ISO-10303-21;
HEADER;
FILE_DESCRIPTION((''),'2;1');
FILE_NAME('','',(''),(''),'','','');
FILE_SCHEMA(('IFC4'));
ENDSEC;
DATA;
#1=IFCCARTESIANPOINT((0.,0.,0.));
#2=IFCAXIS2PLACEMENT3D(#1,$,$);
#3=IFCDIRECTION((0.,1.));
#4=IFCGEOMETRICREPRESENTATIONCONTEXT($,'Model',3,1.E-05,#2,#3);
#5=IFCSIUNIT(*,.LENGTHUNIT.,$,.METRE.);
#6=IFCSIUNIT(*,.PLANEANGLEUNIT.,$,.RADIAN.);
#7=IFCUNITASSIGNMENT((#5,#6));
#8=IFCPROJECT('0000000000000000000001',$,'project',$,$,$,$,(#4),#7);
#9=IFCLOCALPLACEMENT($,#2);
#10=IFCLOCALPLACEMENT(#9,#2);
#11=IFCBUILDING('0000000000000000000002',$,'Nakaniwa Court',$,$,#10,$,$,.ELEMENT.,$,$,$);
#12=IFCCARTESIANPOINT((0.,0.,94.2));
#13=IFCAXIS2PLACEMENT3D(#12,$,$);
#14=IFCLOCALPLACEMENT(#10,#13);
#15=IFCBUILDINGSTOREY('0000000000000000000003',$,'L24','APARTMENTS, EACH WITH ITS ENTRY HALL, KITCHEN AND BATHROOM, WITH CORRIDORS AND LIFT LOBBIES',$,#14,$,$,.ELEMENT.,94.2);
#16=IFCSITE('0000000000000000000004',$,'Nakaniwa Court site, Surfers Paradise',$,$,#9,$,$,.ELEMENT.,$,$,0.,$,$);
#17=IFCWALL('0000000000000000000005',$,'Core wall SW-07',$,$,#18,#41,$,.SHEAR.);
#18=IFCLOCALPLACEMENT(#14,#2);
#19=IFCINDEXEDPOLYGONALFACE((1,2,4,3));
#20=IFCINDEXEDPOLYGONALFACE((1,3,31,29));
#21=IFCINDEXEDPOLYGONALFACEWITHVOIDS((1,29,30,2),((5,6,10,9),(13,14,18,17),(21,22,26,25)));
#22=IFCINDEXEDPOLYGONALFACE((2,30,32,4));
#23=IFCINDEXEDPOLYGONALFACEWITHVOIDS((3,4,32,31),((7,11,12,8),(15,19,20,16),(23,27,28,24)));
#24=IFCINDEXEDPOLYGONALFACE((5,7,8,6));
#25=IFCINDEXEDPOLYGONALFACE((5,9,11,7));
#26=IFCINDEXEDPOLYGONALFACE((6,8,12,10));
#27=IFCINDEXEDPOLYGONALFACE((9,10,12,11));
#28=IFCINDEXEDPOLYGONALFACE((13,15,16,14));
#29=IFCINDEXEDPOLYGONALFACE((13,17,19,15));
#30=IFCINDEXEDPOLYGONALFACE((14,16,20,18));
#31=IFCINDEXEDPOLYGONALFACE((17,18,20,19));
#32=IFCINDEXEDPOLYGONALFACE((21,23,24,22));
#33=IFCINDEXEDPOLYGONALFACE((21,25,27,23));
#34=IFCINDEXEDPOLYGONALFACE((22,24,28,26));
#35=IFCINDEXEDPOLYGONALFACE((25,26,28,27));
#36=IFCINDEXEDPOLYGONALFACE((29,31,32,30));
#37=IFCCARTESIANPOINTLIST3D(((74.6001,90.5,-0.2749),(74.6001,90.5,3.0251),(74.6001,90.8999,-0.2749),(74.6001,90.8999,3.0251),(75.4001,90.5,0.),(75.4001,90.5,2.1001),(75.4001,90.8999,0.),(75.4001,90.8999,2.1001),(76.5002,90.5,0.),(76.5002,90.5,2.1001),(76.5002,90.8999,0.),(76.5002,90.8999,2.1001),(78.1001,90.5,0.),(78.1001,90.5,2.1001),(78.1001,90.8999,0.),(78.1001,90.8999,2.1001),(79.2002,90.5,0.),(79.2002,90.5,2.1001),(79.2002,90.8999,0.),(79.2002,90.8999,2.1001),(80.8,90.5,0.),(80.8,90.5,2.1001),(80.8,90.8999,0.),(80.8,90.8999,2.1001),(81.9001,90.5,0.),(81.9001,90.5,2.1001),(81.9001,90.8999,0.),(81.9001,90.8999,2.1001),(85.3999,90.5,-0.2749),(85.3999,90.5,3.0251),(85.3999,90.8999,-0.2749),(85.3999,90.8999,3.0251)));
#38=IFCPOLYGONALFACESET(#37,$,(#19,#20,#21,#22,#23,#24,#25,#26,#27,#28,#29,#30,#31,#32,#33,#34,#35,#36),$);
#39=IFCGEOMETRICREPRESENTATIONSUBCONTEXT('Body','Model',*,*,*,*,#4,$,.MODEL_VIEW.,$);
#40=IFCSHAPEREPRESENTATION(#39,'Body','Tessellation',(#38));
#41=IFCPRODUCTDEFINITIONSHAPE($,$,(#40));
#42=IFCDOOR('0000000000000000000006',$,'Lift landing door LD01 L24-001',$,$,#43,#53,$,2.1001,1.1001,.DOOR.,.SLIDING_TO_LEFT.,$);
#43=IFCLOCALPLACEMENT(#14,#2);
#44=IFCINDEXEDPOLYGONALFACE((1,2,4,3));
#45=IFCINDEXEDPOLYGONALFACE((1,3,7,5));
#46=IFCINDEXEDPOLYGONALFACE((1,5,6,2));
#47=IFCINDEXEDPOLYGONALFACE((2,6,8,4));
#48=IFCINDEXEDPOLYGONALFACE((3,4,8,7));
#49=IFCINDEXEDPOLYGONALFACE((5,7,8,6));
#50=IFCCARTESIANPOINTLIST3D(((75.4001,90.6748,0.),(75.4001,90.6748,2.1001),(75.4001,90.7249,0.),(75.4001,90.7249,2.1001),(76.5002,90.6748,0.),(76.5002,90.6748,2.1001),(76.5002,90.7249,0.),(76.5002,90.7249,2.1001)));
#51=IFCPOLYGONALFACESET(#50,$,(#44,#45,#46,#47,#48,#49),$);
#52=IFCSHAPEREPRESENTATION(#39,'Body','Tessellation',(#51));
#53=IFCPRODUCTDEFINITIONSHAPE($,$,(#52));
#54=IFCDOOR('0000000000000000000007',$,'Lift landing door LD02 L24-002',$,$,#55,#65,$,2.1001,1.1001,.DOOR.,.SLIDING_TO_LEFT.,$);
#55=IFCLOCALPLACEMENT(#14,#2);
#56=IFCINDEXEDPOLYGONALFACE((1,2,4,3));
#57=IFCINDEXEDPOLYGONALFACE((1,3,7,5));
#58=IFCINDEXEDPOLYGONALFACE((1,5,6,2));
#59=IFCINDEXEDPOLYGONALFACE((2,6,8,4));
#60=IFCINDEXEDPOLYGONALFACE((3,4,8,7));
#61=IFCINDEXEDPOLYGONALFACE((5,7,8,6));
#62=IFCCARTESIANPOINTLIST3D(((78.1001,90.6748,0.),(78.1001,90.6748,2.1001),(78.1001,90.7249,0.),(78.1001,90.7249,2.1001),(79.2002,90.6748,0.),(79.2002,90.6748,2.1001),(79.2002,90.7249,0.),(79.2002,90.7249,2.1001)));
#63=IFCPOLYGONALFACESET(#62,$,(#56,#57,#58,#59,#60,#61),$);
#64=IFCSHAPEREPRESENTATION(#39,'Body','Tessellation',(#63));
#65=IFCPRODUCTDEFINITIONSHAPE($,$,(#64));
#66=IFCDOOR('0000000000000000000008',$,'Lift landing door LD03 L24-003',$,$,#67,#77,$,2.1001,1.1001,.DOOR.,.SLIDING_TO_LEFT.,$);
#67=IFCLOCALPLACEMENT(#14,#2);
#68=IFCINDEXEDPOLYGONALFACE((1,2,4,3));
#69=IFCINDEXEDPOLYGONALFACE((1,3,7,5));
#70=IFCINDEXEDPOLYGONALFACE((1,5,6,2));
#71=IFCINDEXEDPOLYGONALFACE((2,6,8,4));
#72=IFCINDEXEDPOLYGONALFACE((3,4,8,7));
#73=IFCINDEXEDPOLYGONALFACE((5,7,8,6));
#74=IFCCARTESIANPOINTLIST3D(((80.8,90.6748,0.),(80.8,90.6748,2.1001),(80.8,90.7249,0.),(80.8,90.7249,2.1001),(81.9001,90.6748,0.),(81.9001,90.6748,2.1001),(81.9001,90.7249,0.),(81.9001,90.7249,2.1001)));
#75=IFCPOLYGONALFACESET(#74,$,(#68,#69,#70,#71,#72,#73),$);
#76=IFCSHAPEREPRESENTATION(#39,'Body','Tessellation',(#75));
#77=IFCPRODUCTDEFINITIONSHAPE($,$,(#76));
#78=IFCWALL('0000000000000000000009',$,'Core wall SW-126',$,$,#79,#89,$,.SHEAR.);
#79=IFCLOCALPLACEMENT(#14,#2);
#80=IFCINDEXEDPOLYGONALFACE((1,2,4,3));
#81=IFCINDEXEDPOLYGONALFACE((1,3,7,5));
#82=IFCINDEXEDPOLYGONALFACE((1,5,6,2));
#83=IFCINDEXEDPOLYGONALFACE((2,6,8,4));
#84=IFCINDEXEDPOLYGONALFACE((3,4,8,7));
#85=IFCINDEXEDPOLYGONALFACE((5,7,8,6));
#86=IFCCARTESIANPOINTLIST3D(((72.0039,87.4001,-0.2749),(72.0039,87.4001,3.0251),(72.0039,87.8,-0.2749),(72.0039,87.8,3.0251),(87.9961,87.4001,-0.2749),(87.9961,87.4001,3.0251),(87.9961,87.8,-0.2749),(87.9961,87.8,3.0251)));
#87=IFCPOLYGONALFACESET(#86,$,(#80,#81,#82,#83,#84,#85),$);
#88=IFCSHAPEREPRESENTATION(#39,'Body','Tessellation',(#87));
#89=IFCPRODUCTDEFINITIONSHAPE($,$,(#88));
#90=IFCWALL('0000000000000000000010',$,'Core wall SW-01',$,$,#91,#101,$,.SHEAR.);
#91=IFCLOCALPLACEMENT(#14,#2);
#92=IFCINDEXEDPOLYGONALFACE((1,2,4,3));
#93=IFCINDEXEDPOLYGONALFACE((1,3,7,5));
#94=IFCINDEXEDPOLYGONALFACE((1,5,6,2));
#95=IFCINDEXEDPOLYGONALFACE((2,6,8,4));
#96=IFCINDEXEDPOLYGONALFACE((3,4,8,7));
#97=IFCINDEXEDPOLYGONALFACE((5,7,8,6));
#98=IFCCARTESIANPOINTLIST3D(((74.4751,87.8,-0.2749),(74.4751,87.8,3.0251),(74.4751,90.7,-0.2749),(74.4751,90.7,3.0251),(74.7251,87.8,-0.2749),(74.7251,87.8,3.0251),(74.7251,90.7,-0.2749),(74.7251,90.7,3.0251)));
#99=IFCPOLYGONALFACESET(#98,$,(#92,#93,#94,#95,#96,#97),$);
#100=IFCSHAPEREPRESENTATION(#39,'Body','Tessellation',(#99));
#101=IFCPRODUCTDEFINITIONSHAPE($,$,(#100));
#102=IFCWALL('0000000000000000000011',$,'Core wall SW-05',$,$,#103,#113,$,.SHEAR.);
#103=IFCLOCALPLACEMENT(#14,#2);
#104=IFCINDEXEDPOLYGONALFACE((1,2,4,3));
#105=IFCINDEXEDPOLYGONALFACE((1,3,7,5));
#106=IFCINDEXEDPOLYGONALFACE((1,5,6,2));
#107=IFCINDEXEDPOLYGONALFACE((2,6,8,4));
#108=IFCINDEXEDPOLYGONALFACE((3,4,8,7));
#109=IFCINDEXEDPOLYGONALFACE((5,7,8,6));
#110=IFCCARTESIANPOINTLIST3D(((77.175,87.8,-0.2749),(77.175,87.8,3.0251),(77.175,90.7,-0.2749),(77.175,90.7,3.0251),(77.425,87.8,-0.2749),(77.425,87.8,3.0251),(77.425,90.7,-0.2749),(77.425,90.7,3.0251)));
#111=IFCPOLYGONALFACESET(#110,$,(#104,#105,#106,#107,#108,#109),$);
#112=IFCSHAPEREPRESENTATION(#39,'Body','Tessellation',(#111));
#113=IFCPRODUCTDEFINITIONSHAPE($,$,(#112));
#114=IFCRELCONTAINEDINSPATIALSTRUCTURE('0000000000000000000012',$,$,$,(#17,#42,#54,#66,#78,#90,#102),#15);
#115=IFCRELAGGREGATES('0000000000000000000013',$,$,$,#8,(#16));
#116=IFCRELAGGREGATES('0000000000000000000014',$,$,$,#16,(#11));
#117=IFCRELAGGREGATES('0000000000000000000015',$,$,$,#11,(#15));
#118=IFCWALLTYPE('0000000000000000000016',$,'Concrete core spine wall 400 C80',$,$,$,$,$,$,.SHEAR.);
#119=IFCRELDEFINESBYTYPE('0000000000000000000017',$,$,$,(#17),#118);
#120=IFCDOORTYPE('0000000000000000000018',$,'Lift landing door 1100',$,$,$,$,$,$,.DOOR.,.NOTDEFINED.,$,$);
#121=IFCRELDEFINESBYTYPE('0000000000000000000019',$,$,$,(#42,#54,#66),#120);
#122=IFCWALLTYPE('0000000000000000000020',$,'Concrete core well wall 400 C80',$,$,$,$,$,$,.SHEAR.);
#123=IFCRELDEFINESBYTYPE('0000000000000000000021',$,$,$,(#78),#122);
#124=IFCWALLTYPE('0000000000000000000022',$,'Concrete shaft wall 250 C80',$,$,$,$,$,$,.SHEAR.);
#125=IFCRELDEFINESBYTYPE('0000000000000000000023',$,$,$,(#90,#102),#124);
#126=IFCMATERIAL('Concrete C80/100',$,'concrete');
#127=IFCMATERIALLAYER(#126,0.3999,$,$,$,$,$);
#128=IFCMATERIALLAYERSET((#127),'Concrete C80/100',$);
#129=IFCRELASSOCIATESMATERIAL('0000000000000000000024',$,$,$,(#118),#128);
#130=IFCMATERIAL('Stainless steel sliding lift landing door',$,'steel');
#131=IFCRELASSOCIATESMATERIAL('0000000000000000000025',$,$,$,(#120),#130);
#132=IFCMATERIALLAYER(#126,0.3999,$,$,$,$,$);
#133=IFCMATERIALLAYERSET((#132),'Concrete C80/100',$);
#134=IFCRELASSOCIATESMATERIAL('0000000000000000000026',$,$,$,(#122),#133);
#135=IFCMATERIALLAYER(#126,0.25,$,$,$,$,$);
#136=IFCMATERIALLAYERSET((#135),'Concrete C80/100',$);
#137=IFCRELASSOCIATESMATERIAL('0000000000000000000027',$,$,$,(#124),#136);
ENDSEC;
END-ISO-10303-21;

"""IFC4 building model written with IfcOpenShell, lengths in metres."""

from ifc_helpers import new_model, si_unit, direction, frame, frame_2d, origin, place, context, subcontext, project, spatial, rectangle, extrude, material, layer, layer_set, type_object, element, fill, save


model = new_model("IFC4")

# Units and contexts
model_context = context("Model", 3, precision=1e-05, world=origin(), true_north=direction((0.0, 1.0)))
body_context = subcontext(model_context, "Body", "Model", "MODEL_VIEW")
ifc_project = project(units=[si_unit("LENGTHUNIT", "METRE"), si_unit("PLANEANGLEUNIT", "RADIAN")], contexts=[model_context])

# Site, building, storey
site_placement = place(None, origin())
site = spatial("IfcSite", under=ifc_project, at=site_placement, Name="Nakaniwa Court site, Surfers Paradise", CompositionType="ELEMENT", RefElevation=0.0)
building_placement = place(site_placement, origin())
building = spatial("IfcBuilding", under=site, at=building_placement, Name="Nakaniwa Court", CompositionType="ELEMENT")
storey_placement = place(building_placement, frame((0.0, 0.0, 94.2)))
storey = spatial("IfcBuildingStorey", under=building, at=storey_placement, Name="L24", Description="APARTMENTS, EACH WITH ITS ENTRY HALL, KITCHEN AND BATHROOM, WITH CORRIDORS AND LIFT LOBBIES", CompositionType="ELEMENT", Elevation=94.2)

# Shared definitions
ifc_material_1 = material(Name="Concrete C80/100", Category="concrete")

# Wall, openings, doors
ifc_layer_1 = layer(ifc_material_1, 0.3999)
ifc_layer_set_1 = layer_set([ifc_layer_1], Name="Concrete C80/100")
wall_type_1 = type_object("IfcWallType", Name="Concrete core spine wall 400 C80", PredefinedType="SHEAR", material=ifc_layer_set_1)
wall_1_placement = place(storey_placement, frame((74.6001, 90.7, -0.2749), z_axis=(0.0, 0.0, 1.0), x_axis=(1.0, 0.0, 0.0)))
wall_1 = element("IfcWall", 1, at=wall_1_placement, inside=storey, type_object=wall_type_1, Name="Core wall SW-07", PredefinedType="SHEAR", context=body_context, shape_type="SweptSolid", body=[
    extrude(rectangle(XDim=10.7998, YDim=0.3999, at=frame_2d((5.3999, 0.0))), origin(), (0.0, 0.0, 1.0), 3.3),
])
opening_1_placement = place(wall_1_placement, frame((0.8, 0.0, 0.2749)))
opening_1 = element("IfcOpeningElement", 2, at=opening_1_placement, cuts=wall_1, PredefinedType="OPENING", context=body_context, shape_type="SweptSolid", body=[
    extrude(rectangle(XDim=1.1001, YDim=2.1001, at=frame_2d((0.55, 1.05))), frame((0.0, 0.21, 0.0), z_axis=(0.0, -1.0, 0.0), x_axis=(1.0, 0.0, 0.0)), (0.0, 0.0, 1.0), 0.4199),
])
opening_2_placement = place(wall_1_placement, frame((3.5, 0.0, 0.2749)))
opening_2 = element("IfcOpeningElement", 3, at=opening_2_placement, cuts=wall_1, PredefinedType="OPENING", context=body_context, shape_type="SweptSolid", body=[
    extrude(rectangle(XDim=1.1001, YDim=2.1001, at=frame_2d((0.55, 1.05))), frame((0.0, 0.21, 0.0), z_axis=(0.0, -1.0, 0.0), x_axis=(1.0, 0.0, 0.0)), (0.0, 0.0, 1.0), 0.4199),
])
opening_3_placement = place(wall_1_placement, frame((6.2, 0.0, 0.2749)))
opening_3 = element("IfcOpeningElement", 4, at=opening_3_placement, cuts=wall_1, PredefinedType="OPENING", context=body_context, shape_type="SweptSolid", body=[
    extrude(rectangle(XDim=1.1001, YDim=2.1001, at=frame_2d((0.55, 1.05))), frame((0.0, 0.21, 0.0), z_axis=(0.0, -1.0, 0.0), x_axis=(1.0, 0.0, 0.0)), (0.0, 0.0, 1.0), 0.4199),
])
ifc_material_2 = material(Name="Stainless steel sliding lift landing door", Category="steel")
door_type_1 = type_object("IfcDoorType", Name="Lift landing door 1100", OperationType="NOTDEFINED", PredefinedType="DOOR", material=ifc_material_2)
door_1_placement = place(opening_1_placement, origin())
door_1 = element("IfcDoor", 5, at=door_1_placement, inside=storey, type_object=door_type_1, Name="Lift landing door LD01 L24-001", OperationType="SLIDING_TO_LEFT", OverallHeight=2.1001, OverallWidth=1.1001, PredefinedType="DOOR", context=body_context, shape_type="SweptSolid", body=[
    extrude(rectangle(XDim=1.1001, YDim=2.1001, at=frame_2d((0.55, 1.05))), frame((0.0, 0.0249, 0.0), z_axis=(0.0, -1.0, 0.0), x_axis=(1.0, 0.0, 0.0)), (0.0, 0.0, 1.0), 0.05),
])
fill(opening_1, door_1)
door_2_placement = place(opening_2_placement, origin())
door_2 = element("IfcDoor", 6, at=door_2_placement, inside=storey, type_object=door_type_1, Name="Lift landing door LD02 L24-002", OperationType="SLIDING_TO_LEFT", OverallHeight=2.1001, OverallWidth=1.1001, PredefinedType="DOOR", context=body_context, shape_type="SweptSolid", body=[
    extrude(rectangle(XDim=1.1001, YDim=2.1001, at=frame_2d((0.55, 1.05))), frame((0.0, 0.0249, 0.0), z_axis=(0.0, -1.0, 0.0), x_axis=(1.0, 0.0, 0.0)), (0.0, 0.0, 1.0), 0.05),
])
fill(opening_2, door_2)
door_3_placement = place(opening_3_placement, origin())
door_3 = element("IfcDoor", 7, at=door_3_placement, inside=storey, type_object=door_type_1, Name="Lift landing door LD03 L24-003", OperationType="SLIDING_TO_LEFT", OverallHeight=2.1001, OverallWidth=1.1001, PredefinedType="DOOR", context=body_context, shape_type="SweptSolid", body=[
    extrude(rectangle(XDim=1.1001, YDim=2.1001, at=frame_2d((0.55, 1.05))), frame((0.0, 0.0249, 0.0), z_axis=(0.0, -1.0, 0.0), x_axis=(1.0, 0.0, 0.0)), (0.0, 0.0, 1.0), 0.05),
])
fill(opening_3, door_3)

# Walls
ifc_layer_2 = layer(ifc_material_1, 0.3999)
ifc_layer_set_2 = layer_set([ifc_layer_2], Name="Concrete C80/100")
wall_type_2 = type_object("IfcWallType", Name="Concrete core well wall 400 C80", PredefinedType="SHEAR", material=ifc_layer_set_2)
wall_2_placement = place(storey_placement, frame((72.0039, 87.6001, -0.2749), z_axis=(0.0, 0.0, 1.0), x_axis=(1.0, 0.0, 0.0)))
element("IfcWall", 8, at=wall_2_placement, inside=storey, type_object=wall_type_2, Name="Core wall SW-126", PredefinedType="SHEAR", context=body_context, shape_type="SweptSolid", body=[
    extrude(rectangle(XDim=15.9922, YDim=0.3999, at=frame_2d((7.9961, 0.0))), origin(), (0.0, 0.0, 1.0), 3.3),
])
ifc_layer_3 = layer(ifc_material_1, 0.25)
ifc_layer_set_3 = layer_set([ifc_layer_3], Name="Concrete C80/100")
wall_type_3 = type_object("IfcWallType", Name="Concrete shaft wall 250 C80", PredefinedType="SHEAR", material=ifc_layer_set_3)
for number, where, z_axis, x_axis, name in (
    (9, (74.6001, 87.8, -0.2749), (0.0, 0.0, 1.0), (0.0, 1.0, 0.0), "Core wall SW-01"),
    (10, (77.3, 87.8, -0.2749), (0.0, 0.0, 1.0), (0.0, 1.0, 0.0), "Core wall SW-05"),
):
    element("IfcWall", number, at=place(storey_placement, frame(where, z_axis=z_axis, x_axis=x_axis)), inside=storey, type_object=wall_type_3, Name=name, PredefinedType="SHEAR", context=body_context, shape_type="SweptSolid", body=[
        extrude(rectangle(XDim=2.8999, YDim=0.25, at=frame_2d((1.45, 0.0))), origin(), (0.0, 0.0, 1.0), 3.3),
    ])

save(model, "model.ifc")
